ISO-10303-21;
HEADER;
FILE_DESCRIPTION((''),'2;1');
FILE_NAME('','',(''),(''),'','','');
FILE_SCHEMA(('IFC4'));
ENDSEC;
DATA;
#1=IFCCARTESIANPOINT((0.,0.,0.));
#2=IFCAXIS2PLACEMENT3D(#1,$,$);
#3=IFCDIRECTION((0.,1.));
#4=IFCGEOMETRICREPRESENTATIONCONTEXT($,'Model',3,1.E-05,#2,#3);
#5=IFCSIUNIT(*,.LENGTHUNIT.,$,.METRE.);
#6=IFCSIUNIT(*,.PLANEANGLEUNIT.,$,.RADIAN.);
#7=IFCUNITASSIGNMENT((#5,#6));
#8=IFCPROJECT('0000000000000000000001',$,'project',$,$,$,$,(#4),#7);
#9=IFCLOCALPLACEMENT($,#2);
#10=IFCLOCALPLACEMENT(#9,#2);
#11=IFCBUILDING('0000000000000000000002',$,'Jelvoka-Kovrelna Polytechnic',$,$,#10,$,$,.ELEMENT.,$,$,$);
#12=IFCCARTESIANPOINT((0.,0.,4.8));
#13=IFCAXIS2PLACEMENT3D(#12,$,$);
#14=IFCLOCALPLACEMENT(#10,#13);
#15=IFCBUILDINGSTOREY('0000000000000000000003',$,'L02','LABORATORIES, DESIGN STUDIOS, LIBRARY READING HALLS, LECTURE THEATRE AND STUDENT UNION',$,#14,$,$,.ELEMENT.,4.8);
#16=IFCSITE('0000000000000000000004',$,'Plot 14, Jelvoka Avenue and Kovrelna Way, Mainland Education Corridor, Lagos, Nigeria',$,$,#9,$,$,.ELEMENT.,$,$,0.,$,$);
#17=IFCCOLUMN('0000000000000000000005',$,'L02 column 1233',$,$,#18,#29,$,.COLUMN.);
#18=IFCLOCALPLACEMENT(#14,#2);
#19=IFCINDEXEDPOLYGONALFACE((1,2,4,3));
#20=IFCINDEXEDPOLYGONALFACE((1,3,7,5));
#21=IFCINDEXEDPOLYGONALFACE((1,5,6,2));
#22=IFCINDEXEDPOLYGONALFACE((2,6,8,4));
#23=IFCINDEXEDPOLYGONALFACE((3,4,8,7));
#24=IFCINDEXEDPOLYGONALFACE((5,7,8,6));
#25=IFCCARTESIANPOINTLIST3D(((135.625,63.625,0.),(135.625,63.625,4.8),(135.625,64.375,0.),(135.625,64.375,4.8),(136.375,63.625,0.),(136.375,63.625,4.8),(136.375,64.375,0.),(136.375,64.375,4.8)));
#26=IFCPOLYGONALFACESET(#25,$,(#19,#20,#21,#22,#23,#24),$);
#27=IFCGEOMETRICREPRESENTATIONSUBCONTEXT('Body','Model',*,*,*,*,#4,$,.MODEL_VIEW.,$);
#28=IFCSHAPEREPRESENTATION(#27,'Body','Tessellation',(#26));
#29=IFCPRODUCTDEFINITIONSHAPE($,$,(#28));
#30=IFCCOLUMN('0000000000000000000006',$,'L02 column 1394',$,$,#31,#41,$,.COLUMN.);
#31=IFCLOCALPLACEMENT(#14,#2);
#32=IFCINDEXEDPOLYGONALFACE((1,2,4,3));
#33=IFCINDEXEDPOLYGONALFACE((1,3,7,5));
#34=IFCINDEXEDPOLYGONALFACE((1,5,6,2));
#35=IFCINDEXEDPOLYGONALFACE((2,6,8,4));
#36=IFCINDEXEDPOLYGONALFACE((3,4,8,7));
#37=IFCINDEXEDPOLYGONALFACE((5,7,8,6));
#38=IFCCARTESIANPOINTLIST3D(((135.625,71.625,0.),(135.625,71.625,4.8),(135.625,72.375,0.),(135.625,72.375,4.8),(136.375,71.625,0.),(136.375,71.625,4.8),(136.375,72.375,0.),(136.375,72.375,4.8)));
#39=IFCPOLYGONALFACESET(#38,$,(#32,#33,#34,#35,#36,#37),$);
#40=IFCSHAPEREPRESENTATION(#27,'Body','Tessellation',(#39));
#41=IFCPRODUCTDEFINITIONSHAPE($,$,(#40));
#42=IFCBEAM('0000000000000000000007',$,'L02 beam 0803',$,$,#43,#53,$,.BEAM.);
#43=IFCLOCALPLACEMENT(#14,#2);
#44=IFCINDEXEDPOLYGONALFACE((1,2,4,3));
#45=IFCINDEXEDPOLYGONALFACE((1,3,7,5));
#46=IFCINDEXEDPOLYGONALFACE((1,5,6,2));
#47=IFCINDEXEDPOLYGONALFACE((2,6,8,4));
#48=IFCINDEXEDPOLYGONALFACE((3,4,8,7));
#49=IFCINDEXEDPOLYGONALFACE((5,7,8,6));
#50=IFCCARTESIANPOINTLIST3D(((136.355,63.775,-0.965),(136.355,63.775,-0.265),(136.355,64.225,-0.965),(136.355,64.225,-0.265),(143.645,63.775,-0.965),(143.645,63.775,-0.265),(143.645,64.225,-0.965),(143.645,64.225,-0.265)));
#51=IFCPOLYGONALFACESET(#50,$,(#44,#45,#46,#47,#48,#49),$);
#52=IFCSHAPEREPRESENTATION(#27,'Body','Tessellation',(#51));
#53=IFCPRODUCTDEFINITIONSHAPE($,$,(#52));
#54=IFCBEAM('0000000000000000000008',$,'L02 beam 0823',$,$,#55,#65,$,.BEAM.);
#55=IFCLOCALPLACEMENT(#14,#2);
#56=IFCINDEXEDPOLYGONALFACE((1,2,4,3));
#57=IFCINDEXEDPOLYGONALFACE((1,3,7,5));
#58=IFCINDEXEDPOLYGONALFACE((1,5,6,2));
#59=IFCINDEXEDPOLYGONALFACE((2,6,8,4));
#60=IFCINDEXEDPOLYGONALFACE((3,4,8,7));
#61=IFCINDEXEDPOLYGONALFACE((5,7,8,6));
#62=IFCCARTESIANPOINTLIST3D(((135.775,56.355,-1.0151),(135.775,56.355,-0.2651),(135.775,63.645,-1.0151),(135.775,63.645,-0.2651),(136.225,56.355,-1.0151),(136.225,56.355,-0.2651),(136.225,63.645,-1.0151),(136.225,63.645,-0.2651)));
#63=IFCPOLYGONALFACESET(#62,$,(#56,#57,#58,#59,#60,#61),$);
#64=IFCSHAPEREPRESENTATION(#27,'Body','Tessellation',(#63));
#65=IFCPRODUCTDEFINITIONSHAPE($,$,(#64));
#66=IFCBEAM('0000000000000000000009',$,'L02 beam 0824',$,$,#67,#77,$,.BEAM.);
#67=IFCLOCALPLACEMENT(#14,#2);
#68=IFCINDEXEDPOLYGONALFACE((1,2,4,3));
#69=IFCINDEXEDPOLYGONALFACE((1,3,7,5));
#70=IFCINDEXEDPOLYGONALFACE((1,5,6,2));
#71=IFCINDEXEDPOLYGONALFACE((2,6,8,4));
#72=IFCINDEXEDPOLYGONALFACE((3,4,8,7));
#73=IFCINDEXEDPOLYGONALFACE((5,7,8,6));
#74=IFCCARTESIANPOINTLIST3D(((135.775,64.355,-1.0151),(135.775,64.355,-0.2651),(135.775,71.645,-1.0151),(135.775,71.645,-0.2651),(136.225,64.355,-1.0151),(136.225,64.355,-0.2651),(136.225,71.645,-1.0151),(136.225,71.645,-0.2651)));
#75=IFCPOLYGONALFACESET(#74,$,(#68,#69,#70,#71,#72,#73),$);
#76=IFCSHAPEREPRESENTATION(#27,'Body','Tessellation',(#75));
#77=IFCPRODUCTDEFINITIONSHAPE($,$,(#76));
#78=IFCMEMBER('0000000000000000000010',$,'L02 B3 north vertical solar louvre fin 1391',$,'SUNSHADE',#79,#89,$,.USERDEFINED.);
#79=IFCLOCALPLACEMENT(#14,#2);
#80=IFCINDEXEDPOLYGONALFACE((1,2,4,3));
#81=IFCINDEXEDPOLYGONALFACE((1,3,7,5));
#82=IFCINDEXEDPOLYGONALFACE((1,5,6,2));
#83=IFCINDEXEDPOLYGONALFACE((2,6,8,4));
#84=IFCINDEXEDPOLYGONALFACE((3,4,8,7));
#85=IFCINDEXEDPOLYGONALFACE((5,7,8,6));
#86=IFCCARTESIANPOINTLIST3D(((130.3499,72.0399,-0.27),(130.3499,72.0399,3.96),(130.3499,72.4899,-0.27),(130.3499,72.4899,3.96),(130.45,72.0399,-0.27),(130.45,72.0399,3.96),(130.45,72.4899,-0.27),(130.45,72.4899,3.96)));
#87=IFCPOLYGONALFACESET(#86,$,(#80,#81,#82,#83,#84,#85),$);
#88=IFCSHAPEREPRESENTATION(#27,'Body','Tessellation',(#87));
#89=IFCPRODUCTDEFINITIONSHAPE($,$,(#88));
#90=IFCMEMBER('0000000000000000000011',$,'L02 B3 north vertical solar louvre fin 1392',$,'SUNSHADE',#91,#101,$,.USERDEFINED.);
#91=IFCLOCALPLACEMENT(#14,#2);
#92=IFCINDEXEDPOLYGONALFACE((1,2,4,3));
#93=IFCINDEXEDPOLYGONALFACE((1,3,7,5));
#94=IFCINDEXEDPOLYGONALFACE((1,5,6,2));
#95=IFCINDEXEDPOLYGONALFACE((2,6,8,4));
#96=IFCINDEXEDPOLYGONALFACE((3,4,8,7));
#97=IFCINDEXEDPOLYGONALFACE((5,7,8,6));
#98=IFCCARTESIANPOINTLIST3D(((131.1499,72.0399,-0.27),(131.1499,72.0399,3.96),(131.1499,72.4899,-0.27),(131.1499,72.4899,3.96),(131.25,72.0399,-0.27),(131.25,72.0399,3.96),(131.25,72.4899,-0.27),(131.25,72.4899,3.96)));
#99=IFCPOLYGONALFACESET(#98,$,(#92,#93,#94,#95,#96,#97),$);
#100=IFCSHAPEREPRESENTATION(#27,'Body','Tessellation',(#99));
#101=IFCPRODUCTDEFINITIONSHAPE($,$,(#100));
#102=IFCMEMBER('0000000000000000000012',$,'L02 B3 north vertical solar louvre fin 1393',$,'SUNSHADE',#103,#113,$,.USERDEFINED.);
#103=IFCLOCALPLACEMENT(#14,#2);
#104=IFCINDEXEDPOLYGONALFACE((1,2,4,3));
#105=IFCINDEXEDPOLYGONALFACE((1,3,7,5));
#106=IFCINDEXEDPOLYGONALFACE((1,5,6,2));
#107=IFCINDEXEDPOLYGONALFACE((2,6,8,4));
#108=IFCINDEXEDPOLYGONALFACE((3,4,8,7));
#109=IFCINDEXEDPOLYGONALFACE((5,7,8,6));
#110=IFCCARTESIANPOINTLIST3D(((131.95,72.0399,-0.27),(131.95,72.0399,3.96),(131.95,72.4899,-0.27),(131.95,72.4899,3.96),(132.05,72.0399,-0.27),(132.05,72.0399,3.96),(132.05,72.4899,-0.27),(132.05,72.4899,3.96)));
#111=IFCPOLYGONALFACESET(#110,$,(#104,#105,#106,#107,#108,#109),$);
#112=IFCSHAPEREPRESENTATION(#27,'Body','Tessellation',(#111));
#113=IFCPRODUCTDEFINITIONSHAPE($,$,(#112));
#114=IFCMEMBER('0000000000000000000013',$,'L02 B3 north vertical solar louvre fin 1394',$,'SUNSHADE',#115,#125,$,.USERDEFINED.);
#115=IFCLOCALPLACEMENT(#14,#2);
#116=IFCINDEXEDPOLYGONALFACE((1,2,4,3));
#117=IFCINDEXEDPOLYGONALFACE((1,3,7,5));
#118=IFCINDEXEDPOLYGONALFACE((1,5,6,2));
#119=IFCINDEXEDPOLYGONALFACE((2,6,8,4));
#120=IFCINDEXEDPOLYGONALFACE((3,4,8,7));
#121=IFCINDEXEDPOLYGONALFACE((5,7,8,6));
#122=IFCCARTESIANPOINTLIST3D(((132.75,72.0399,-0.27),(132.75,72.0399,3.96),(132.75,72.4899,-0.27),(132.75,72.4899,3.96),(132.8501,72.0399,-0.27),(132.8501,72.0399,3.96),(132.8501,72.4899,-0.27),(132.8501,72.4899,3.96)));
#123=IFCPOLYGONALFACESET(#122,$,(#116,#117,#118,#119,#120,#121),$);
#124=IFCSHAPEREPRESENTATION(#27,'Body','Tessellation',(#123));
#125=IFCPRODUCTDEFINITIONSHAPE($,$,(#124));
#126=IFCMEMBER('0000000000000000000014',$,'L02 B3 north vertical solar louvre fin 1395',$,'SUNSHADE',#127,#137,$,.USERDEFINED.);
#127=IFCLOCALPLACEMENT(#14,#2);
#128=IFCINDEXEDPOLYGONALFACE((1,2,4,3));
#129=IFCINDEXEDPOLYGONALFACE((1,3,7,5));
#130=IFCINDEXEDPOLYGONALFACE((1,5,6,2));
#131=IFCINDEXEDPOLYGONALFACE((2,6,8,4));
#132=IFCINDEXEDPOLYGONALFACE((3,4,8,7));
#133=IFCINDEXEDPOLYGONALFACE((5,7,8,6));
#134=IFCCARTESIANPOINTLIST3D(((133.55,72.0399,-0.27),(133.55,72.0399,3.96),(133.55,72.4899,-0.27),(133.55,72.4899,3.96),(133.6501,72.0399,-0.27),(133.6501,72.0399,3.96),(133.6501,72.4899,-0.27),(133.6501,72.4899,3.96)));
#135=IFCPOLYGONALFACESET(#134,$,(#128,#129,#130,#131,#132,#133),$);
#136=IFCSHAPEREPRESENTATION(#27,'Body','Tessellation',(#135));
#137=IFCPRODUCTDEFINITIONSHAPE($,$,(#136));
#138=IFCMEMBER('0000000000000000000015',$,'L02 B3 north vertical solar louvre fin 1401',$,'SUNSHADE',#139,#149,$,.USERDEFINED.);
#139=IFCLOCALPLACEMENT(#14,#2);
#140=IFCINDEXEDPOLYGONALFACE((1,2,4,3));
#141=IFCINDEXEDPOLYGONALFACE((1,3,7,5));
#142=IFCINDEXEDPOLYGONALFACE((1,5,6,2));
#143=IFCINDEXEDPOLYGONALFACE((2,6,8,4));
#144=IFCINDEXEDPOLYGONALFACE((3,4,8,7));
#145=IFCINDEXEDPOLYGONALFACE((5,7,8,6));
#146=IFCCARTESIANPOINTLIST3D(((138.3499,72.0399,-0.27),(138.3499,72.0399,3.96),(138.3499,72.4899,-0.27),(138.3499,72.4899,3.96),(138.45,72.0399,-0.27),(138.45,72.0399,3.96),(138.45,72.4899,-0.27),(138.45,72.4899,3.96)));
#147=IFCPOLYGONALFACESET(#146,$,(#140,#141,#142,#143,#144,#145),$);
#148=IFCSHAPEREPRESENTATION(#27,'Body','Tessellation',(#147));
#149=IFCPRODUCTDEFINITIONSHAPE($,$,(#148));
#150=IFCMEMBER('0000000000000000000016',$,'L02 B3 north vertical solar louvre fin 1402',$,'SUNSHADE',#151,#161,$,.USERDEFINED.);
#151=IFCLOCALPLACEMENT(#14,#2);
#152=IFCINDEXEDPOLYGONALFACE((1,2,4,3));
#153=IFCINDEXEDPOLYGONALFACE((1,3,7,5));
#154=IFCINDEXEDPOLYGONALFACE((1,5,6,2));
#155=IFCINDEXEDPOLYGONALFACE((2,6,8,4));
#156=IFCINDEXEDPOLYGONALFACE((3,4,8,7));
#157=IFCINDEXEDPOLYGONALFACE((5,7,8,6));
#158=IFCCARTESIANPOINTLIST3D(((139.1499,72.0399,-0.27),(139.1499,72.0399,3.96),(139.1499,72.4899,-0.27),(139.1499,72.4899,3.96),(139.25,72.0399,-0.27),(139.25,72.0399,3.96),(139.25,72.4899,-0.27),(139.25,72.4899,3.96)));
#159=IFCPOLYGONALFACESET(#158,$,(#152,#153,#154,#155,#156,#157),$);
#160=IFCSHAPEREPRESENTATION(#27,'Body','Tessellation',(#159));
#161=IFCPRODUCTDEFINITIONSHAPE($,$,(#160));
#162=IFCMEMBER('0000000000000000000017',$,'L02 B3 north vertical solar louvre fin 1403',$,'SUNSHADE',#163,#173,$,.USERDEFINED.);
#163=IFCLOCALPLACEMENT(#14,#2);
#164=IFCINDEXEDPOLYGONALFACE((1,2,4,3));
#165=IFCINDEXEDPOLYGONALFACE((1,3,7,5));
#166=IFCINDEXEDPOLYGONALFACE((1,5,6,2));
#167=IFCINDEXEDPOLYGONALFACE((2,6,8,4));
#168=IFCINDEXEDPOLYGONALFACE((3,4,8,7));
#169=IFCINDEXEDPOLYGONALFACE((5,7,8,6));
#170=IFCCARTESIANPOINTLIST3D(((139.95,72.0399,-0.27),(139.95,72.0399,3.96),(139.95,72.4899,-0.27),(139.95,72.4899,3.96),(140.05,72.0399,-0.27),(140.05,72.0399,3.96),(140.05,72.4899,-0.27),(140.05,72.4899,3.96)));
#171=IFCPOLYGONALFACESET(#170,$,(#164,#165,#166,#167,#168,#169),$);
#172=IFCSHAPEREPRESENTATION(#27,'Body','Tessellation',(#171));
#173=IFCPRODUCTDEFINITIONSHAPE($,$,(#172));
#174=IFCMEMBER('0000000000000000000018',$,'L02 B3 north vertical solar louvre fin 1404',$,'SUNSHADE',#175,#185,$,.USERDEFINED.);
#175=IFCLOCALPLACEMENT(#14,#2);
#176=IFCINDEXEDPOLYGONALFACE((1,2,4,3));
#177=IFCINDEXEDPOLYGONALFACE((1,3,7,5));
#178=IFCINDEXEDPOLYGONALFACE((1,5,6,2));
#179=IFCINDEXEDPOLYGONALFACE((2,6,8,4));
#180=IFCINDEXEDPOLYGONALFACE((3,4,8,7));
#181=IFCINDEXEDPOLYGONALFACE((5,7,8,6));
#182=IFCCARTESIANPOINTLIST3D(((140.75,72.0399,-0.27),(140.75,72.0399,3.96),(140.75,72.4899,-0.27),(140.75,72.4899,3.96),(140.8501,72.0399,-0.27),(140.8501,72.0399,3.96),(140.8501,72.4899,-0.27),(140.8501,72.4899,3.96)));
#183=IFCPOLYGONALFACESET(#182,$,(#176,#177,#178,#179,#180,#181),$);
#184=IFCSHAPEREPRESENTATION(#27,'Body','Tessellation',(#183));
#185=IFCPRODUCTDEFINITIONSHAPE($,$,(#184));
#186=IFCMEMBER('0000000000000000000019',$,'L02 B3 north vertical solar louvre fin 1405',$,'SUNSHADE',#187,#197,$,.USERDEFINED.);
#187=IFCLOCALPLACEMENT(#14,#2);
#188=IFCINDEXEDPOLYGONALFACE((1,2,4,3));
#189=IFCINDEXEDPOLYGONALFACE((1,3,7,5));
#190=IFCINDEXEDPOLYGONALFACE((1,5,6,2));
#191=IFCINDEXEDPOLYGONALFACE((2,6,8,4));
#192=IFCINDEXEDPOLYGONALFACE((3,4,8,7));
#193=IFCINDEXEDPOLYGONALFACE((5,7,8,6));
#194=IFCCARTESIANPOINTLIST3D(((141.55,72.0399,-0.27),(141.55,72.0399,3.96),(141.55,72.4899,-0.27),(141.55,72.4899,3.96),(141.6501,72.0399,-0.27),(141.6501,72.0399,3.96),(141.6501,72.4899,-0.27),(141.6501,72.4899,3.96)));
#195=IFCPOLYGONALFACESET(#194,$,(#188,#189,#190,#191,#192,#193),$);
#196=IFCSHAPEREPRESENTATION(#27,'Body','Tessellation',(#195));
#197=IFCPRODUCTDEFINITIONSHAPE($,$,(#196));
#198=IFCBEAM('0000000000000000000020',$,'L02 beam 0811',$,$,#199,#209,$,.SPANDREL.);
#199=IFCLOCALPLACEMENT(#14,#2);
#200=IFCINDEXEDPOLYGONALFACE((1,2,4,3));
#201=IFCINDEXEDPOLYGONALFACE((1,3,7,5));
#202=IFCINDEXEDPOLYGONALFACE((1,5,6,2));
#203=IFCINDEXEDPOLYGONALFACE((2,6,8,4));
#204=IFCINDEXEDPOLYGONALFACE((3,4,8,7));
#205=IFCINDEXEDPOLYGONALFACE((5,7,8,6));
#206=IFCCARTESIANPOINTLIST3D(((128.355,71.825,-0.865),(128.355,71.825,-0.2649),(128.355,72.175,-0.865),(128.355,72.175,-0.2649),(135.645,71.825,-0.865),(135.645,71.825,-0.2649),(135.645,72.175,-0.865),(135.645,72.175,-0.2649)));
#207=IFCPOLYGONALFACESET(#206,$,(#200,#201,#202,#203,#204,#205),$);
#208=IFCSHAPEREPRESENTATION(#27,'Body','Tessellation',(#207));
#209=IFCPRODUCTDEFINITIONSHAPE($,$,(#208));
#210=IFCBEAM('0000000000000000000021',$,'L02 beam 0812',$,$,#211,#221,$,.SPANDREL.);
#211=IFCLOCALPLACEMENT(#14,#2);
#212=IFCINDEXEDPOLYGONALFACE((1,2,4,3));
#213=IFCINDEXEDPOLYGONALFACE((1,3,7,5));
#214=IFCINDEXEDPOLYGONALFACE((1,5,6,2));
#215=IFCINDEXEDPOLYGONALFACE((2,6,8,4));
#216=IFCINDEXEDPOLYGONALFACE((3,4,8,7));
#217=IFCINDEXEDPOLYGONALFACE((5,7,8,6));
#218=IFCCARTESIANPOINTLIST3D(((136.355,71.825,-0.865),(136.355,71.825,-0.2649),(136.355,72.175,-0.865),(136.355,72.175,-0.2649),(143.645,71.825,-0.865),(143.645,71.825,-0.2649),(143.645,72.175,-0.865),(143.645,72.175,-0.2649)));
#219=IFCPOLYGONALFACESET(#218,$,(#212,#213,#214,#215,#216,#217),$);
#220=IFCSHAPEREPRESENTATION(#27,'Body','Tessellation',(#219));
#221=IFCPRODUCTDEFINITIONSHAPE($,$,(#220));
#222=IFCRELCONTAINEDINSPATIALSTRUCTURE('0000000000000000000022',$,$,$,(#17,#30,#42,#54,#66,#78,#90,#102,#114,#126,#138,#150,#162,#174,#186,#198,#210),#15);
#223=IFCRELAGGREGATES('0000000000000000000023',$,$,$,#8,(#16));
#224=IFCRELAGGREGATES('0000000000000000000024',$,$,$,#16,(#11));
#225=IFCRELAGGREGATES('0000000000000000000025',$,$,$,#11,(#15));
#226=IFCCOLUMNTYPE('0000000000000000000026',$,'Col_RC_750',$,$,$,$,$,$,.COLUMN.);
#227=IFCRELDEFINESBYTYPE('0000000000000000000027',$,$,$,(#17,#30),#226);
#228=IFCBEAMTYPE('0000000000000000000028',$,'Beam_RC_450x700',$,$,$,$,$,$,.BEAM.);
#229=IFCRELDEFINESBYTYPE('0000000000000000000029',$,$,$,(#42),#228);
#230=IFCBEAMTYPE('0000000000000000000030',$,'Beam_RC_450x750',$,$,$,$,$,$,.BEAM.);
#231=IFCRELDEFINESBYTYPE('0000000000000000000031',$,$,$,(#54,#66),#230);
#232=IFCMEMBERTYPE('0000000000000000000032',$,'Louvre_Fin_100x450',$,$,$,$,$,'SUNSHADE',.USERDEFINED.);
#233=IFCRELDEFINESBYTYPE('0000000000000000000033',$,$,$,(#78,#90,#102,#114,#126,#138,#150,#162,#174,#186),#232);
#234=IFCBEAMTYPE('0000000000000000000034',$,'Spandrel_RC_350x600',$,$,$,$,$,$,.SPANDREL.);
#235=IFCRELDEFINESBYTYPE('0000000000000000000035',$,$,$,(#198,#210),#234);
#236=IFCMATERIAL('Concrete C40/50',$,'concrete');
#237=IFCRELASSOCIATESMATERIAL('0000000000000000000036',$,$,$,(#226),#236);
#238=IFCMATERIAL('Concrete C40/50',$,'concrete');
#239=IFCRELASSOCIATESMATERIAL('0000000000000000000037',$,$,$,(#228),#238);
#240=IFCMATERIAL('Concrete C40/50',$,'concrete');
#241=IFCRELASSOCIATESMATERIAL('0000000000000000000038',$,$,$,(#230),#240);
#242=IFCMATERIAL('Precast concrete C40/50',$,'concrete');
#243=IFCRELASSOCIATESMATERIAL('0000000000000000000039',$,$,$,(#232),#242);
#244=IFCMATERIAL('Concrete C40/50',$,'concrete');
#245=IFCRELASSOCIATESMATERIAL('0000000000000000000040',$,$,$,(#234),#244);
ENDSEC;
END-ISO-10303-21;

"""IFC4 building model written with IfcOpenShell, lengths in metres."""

from ifc_helpers import new_model, si_unit, direction, frame, origin, origin_2d, place, context, subcontext, project, spatial, rectangle, extrude, material, material_profile, profile_set, type_object, element, save


model = new_model("IFC4")

# Units and contexts
model_context = context("Model", 3, precision=1e-05, world=origin(), true_north=direction((0.0, 1.0)))
body_context = subcontext(model_context, "Body", "Model", "MODEL_VIEW")
ifc_project = project(units=[si_unit("LENGTHUNIT", "METRE"), si_unit("PLANEANGLEUNIT", "RADIAN")], contexts=[model_context])

# Site, building, storey
site_placement = place(None, origin())
site = spatial("IfcSite", under=ifc_project, at=site_placement, Name="Plot 14, Jelvoka Avenue and Kovrelna Way, Mainland Education Corridor, Lagos, Nigeria", CompositionType="ELEMENT", RefElevation=0.0)
building_placement = place(site_placement, origin())
building = spatial("IfcBuilding", under=site, at=building_placement, Name="Jelvoka-Kovrelna Polytechnic", CompositionType="ELEMENT")
storey_placement = place(building_placement, frame((0.0, 0.0, 4.8)))
storey = spatial("IfcBuildingStorey", under=building, at=storey_placement, Name="L02", Description="LABORATORIES, DESIGN STUDIOS, LIBRARY READING HALLS, LECTURE THEATRE AND STUDENT UNION", CompositionType="ELEMENT", Elevation=4.8)

# Columns
ifc_material_1 = material(Name="Concrete C40/50", Category="concrete")
ifc_material_profile_1 = material_profile(ifc_material_1, rectangle(XDim=0.75, YDim=0.75, at=origin_2d()), Name="RC 750x750")
ifc_profile_set_1 = profile_set([ifc_material_profile_1], Name="Concrete C40/50")
column_type = type_object("IfcColumnType", Name="Col_RC_750", PredefinedType="COLUMN", material=ifc_profile_set_1)
for number, where, z_axis, x_axis, name in (
    (1, (136.0, 64.0, 0.0), (0.0, 0.0, 1.0), (1.0, 0.0, 0.0), "L02 column 1233"),
    (2, (136.0, 72.0, 0.0), (0.0, 0.0, 1.0), (1.0, 0.0, 0.0), "L02 column 1394"),
):
    element("IfcColumn", number, at=place(storey_placement, frame(where, z_axis=z_axis, x_axis=x_axis)), inside=storey, type_object=column_type, Name=name, PredefinedType="COLUMN", context=body_context, shape_type="SweptSolid", body=[
        extrude(rectangle(XDim=0.75, YDim=0.75, at=origin_2d()), origin(), (0.0, 0.0, 1.0), 4.8),
    ])

# Beams
ifc_material_2 = material(Name="Concrete C40/50", Category="concrete")
ifc_material_profile_2 = material_profile(ifc_material_2, rectangle(XDim=0.45, YDim=0.7, at=origin_2d()), Name="RC 450x700")
ifc_profile_set_2 = profile_set([ifc_material_profile_2], Name="Concrete C40/50")
beam_type_1 = type_object("IfcBeamType", Name="Beam_RC_450x700", PredefinedType="BEAM", material=ifc_profile_set_2)
beam_placement = place(storey_placement, frame((136.355, 64.0, -0.615), z_axis=(1.0, 0.0, 0.0), x_axis=(0.0, 1.0, 0.0)))
element("IfcBeam", 3, at=beam_placement, inside=storey, type_object=beam_type_1, Name="L02 beam 0803", PredefinedType="BEAM", context=body_context, shape_type="SweptSolid", body=[
    extrude(rectangle(XDim=0.45, YDim=0.7, at=origin_2d()), origin(), (0.0, 0.0, 1.0), 7.29),
])
ifc_material_3 = material(Name="Concrete C40/50", Category="concrete")
ifc_material_profile_3 = material_profile(ifc_material_3, rectangle(XDim=0.45, YDim=0.75, at=origin_2d()), Name="RC 450x750")
ifc_profile_set_3 = profile_set([ifc_material_profile_3], Name="Concrete C40/50")
beam_type_2 = type_object("IfcBeamType", Name="Beam_RC_450x750", PredefinedType="BEAM", material=ifc_profile_set_3)
for number, where, z_axis, x_axis, name in (
    (4, (136.0, 56.355, -0.6401), (0.0, 1.0, 0.0), (-1.0, 0.0, 0.0), "L02 beam 0823"),
    (5, (136.0, 64.355, -0.6401), (0.0, 1.0, 0.0), (-1.0, 0.0, 0.0), "L02 beam 0824"),
):
    element("IfcBeam", number, at=place(storey_placement, frame(where, z_axis=z_axis, x_axis=x_axis)), inside=storey, type_object=beam_type_2, Name=name, PredefinedType="BEAM", context=body_context, shape_type="SweptSolid", body=[
        extrude(rectangle(XDim=0.45, YDim=0.75, at=origin_2d()), origin(), (0.0, 0.0, 1.0), 7.29),
    ])

# Members
ifc_material_4 = material(Name="Precast concrete C40/50", Category="concrete")
ifc_material_profile_4 = material_profile(ifc_material_4, rectangle(XDim=0.1001, YDim=0.45, at=origin_2d()), Name="PC 100x450")
ifc_profile_set_4 = profile_set([ifc_material_profile_4], Name="Precast concrete C40/50")
member_type = type_object("IfcMemberType", Name="Louvre_Fin_100x450", ElementType="SUNSHADE", PredefinedType="USERDEFINED", material=ifc_profile_set_4)
for number, where, z_axis, x_axis, name in (
    (6, (130.3999, 72.2649, -0.27), (0.0, 0.0, 1.0), (1.0, 0.0, 0.0), "L02 B3 north vertical solar louvre fin 1391"),
    (7, (131.2, 72.2649, -0.27), (0.0, 0.0, 1.0), (1.0, 0.0, 0.0), "L02 B3 north vertical solar louvre fin 1392"),
    (8, (132.0, 72.2649, -0.27), (0.0, 0.0, 1.0), (1.0, 0.0, 0.0), "L02 B3 north vertical solar louvre fin 1393"),
    (9, (132.8, 72.2649, -0.27), (0.0, 0.0, 1.0), (1.0, 0.0, 0.0), "L02 B3 north vertical solar louvre fin 1394"),
    (10, (133.6001, 72.2649, -0.27), (0.0, 0.0, 1.0), (1.0, 0.0, 0.0), "L02 B3 north vertical solar louvre fin 1395"),
    (11, (138.3999, 72.2649, -0.27), (0.0, 0.0, 1.0), (1.0, 0.0, 0.0), "L02 B3 north vertical solar louvre fin 1401"),
    (12, (139.2, 72.2649, -0.27), (0.0, 0.0, 1.0), (1.0, 0.0, 0.0), "L02 B3 north vertical solar louvre fin 1402"),
    (13, (140.0, 72.2649, -0.27), (0.0, 0.0, 1.0), (1.0, 0.0, 0.0), "L02 B3 north vertical solar louvre fin 1403"),
    (14, (140.8, 72.2649, -0.27), (0.0, 0.0, 1.0), (1.0, 0.0, 0.0), "L02 B3 north vertical solar louvre fin 1404"),
    (15, (141.6001, 72.2649, -0.27), (0.0, 0.0, 1.0), (1.0, 0.0, 0.0), "L02 B3 north vertical solar louvre fin 1405"),
):
    element("IfcMember", number, at=place(storey_placement, frame(where, z_axis=z_axis, x_axis=x_axis)), inside=storey, type_object=member_type, Name=name, ObjectType="SUNSHADE", PredefinedType="USERDEFINED", context=body_context, shape_type="SweptSolid", body=[
        extrude(rectangle(XDim=0.1001, YDim=0.45, at=origin_2d()), origin(), (0.0, 0.0, 1.0), 4.23),
    ])

# Beams
ifc_material_5 = material(Name="Concrete C40/50", Category="concrete")
ifc_material_profile_5 = material_profile(ifc_material_5, rectangle(XDim=0.3501, YDim=0.6001, at=origin_2d()), Name="RC 350x600")
ifc_profile_set_5 = profile_set([ifc_material_profile_5], Name="Concrete C40/50")
beam_type_3 = type_object("IfcBeamType", Name="Spandrel_RC_350x600", PredefinedType="SPANDREL", material=ifc_profile_set_5)
for number, where, z_axis, x_axis, name in (
    (16, (128.355, 72.0, -0.5649), (1.0, 0.0, 0.0), (0.0, 1.0, 0.0), "L02 beam 0811"),
    (17, (136.355, 72.0, -0.5649), (1.0, 0.0, 0.0), (0.0, 1.0, 0.0), "L02 beam 0812"),
):
    element("IfcBeam", number, at=place(storey_placement, frame(where, z_axis=z_axis, x_axis=x_axis)), inside=storey, type_object=beam_type_3, Name=name, PredefinedType="SPANDREL", context=body_context, shape_type="SweptSolid", body=[
        extrude(rectangle(XDim=0.3501, YDim=0.6001, at=origin_2d()), origin(), (0.0, 0.0, 1.0), 7.29),
    ])

save(model, "model.ifc")
